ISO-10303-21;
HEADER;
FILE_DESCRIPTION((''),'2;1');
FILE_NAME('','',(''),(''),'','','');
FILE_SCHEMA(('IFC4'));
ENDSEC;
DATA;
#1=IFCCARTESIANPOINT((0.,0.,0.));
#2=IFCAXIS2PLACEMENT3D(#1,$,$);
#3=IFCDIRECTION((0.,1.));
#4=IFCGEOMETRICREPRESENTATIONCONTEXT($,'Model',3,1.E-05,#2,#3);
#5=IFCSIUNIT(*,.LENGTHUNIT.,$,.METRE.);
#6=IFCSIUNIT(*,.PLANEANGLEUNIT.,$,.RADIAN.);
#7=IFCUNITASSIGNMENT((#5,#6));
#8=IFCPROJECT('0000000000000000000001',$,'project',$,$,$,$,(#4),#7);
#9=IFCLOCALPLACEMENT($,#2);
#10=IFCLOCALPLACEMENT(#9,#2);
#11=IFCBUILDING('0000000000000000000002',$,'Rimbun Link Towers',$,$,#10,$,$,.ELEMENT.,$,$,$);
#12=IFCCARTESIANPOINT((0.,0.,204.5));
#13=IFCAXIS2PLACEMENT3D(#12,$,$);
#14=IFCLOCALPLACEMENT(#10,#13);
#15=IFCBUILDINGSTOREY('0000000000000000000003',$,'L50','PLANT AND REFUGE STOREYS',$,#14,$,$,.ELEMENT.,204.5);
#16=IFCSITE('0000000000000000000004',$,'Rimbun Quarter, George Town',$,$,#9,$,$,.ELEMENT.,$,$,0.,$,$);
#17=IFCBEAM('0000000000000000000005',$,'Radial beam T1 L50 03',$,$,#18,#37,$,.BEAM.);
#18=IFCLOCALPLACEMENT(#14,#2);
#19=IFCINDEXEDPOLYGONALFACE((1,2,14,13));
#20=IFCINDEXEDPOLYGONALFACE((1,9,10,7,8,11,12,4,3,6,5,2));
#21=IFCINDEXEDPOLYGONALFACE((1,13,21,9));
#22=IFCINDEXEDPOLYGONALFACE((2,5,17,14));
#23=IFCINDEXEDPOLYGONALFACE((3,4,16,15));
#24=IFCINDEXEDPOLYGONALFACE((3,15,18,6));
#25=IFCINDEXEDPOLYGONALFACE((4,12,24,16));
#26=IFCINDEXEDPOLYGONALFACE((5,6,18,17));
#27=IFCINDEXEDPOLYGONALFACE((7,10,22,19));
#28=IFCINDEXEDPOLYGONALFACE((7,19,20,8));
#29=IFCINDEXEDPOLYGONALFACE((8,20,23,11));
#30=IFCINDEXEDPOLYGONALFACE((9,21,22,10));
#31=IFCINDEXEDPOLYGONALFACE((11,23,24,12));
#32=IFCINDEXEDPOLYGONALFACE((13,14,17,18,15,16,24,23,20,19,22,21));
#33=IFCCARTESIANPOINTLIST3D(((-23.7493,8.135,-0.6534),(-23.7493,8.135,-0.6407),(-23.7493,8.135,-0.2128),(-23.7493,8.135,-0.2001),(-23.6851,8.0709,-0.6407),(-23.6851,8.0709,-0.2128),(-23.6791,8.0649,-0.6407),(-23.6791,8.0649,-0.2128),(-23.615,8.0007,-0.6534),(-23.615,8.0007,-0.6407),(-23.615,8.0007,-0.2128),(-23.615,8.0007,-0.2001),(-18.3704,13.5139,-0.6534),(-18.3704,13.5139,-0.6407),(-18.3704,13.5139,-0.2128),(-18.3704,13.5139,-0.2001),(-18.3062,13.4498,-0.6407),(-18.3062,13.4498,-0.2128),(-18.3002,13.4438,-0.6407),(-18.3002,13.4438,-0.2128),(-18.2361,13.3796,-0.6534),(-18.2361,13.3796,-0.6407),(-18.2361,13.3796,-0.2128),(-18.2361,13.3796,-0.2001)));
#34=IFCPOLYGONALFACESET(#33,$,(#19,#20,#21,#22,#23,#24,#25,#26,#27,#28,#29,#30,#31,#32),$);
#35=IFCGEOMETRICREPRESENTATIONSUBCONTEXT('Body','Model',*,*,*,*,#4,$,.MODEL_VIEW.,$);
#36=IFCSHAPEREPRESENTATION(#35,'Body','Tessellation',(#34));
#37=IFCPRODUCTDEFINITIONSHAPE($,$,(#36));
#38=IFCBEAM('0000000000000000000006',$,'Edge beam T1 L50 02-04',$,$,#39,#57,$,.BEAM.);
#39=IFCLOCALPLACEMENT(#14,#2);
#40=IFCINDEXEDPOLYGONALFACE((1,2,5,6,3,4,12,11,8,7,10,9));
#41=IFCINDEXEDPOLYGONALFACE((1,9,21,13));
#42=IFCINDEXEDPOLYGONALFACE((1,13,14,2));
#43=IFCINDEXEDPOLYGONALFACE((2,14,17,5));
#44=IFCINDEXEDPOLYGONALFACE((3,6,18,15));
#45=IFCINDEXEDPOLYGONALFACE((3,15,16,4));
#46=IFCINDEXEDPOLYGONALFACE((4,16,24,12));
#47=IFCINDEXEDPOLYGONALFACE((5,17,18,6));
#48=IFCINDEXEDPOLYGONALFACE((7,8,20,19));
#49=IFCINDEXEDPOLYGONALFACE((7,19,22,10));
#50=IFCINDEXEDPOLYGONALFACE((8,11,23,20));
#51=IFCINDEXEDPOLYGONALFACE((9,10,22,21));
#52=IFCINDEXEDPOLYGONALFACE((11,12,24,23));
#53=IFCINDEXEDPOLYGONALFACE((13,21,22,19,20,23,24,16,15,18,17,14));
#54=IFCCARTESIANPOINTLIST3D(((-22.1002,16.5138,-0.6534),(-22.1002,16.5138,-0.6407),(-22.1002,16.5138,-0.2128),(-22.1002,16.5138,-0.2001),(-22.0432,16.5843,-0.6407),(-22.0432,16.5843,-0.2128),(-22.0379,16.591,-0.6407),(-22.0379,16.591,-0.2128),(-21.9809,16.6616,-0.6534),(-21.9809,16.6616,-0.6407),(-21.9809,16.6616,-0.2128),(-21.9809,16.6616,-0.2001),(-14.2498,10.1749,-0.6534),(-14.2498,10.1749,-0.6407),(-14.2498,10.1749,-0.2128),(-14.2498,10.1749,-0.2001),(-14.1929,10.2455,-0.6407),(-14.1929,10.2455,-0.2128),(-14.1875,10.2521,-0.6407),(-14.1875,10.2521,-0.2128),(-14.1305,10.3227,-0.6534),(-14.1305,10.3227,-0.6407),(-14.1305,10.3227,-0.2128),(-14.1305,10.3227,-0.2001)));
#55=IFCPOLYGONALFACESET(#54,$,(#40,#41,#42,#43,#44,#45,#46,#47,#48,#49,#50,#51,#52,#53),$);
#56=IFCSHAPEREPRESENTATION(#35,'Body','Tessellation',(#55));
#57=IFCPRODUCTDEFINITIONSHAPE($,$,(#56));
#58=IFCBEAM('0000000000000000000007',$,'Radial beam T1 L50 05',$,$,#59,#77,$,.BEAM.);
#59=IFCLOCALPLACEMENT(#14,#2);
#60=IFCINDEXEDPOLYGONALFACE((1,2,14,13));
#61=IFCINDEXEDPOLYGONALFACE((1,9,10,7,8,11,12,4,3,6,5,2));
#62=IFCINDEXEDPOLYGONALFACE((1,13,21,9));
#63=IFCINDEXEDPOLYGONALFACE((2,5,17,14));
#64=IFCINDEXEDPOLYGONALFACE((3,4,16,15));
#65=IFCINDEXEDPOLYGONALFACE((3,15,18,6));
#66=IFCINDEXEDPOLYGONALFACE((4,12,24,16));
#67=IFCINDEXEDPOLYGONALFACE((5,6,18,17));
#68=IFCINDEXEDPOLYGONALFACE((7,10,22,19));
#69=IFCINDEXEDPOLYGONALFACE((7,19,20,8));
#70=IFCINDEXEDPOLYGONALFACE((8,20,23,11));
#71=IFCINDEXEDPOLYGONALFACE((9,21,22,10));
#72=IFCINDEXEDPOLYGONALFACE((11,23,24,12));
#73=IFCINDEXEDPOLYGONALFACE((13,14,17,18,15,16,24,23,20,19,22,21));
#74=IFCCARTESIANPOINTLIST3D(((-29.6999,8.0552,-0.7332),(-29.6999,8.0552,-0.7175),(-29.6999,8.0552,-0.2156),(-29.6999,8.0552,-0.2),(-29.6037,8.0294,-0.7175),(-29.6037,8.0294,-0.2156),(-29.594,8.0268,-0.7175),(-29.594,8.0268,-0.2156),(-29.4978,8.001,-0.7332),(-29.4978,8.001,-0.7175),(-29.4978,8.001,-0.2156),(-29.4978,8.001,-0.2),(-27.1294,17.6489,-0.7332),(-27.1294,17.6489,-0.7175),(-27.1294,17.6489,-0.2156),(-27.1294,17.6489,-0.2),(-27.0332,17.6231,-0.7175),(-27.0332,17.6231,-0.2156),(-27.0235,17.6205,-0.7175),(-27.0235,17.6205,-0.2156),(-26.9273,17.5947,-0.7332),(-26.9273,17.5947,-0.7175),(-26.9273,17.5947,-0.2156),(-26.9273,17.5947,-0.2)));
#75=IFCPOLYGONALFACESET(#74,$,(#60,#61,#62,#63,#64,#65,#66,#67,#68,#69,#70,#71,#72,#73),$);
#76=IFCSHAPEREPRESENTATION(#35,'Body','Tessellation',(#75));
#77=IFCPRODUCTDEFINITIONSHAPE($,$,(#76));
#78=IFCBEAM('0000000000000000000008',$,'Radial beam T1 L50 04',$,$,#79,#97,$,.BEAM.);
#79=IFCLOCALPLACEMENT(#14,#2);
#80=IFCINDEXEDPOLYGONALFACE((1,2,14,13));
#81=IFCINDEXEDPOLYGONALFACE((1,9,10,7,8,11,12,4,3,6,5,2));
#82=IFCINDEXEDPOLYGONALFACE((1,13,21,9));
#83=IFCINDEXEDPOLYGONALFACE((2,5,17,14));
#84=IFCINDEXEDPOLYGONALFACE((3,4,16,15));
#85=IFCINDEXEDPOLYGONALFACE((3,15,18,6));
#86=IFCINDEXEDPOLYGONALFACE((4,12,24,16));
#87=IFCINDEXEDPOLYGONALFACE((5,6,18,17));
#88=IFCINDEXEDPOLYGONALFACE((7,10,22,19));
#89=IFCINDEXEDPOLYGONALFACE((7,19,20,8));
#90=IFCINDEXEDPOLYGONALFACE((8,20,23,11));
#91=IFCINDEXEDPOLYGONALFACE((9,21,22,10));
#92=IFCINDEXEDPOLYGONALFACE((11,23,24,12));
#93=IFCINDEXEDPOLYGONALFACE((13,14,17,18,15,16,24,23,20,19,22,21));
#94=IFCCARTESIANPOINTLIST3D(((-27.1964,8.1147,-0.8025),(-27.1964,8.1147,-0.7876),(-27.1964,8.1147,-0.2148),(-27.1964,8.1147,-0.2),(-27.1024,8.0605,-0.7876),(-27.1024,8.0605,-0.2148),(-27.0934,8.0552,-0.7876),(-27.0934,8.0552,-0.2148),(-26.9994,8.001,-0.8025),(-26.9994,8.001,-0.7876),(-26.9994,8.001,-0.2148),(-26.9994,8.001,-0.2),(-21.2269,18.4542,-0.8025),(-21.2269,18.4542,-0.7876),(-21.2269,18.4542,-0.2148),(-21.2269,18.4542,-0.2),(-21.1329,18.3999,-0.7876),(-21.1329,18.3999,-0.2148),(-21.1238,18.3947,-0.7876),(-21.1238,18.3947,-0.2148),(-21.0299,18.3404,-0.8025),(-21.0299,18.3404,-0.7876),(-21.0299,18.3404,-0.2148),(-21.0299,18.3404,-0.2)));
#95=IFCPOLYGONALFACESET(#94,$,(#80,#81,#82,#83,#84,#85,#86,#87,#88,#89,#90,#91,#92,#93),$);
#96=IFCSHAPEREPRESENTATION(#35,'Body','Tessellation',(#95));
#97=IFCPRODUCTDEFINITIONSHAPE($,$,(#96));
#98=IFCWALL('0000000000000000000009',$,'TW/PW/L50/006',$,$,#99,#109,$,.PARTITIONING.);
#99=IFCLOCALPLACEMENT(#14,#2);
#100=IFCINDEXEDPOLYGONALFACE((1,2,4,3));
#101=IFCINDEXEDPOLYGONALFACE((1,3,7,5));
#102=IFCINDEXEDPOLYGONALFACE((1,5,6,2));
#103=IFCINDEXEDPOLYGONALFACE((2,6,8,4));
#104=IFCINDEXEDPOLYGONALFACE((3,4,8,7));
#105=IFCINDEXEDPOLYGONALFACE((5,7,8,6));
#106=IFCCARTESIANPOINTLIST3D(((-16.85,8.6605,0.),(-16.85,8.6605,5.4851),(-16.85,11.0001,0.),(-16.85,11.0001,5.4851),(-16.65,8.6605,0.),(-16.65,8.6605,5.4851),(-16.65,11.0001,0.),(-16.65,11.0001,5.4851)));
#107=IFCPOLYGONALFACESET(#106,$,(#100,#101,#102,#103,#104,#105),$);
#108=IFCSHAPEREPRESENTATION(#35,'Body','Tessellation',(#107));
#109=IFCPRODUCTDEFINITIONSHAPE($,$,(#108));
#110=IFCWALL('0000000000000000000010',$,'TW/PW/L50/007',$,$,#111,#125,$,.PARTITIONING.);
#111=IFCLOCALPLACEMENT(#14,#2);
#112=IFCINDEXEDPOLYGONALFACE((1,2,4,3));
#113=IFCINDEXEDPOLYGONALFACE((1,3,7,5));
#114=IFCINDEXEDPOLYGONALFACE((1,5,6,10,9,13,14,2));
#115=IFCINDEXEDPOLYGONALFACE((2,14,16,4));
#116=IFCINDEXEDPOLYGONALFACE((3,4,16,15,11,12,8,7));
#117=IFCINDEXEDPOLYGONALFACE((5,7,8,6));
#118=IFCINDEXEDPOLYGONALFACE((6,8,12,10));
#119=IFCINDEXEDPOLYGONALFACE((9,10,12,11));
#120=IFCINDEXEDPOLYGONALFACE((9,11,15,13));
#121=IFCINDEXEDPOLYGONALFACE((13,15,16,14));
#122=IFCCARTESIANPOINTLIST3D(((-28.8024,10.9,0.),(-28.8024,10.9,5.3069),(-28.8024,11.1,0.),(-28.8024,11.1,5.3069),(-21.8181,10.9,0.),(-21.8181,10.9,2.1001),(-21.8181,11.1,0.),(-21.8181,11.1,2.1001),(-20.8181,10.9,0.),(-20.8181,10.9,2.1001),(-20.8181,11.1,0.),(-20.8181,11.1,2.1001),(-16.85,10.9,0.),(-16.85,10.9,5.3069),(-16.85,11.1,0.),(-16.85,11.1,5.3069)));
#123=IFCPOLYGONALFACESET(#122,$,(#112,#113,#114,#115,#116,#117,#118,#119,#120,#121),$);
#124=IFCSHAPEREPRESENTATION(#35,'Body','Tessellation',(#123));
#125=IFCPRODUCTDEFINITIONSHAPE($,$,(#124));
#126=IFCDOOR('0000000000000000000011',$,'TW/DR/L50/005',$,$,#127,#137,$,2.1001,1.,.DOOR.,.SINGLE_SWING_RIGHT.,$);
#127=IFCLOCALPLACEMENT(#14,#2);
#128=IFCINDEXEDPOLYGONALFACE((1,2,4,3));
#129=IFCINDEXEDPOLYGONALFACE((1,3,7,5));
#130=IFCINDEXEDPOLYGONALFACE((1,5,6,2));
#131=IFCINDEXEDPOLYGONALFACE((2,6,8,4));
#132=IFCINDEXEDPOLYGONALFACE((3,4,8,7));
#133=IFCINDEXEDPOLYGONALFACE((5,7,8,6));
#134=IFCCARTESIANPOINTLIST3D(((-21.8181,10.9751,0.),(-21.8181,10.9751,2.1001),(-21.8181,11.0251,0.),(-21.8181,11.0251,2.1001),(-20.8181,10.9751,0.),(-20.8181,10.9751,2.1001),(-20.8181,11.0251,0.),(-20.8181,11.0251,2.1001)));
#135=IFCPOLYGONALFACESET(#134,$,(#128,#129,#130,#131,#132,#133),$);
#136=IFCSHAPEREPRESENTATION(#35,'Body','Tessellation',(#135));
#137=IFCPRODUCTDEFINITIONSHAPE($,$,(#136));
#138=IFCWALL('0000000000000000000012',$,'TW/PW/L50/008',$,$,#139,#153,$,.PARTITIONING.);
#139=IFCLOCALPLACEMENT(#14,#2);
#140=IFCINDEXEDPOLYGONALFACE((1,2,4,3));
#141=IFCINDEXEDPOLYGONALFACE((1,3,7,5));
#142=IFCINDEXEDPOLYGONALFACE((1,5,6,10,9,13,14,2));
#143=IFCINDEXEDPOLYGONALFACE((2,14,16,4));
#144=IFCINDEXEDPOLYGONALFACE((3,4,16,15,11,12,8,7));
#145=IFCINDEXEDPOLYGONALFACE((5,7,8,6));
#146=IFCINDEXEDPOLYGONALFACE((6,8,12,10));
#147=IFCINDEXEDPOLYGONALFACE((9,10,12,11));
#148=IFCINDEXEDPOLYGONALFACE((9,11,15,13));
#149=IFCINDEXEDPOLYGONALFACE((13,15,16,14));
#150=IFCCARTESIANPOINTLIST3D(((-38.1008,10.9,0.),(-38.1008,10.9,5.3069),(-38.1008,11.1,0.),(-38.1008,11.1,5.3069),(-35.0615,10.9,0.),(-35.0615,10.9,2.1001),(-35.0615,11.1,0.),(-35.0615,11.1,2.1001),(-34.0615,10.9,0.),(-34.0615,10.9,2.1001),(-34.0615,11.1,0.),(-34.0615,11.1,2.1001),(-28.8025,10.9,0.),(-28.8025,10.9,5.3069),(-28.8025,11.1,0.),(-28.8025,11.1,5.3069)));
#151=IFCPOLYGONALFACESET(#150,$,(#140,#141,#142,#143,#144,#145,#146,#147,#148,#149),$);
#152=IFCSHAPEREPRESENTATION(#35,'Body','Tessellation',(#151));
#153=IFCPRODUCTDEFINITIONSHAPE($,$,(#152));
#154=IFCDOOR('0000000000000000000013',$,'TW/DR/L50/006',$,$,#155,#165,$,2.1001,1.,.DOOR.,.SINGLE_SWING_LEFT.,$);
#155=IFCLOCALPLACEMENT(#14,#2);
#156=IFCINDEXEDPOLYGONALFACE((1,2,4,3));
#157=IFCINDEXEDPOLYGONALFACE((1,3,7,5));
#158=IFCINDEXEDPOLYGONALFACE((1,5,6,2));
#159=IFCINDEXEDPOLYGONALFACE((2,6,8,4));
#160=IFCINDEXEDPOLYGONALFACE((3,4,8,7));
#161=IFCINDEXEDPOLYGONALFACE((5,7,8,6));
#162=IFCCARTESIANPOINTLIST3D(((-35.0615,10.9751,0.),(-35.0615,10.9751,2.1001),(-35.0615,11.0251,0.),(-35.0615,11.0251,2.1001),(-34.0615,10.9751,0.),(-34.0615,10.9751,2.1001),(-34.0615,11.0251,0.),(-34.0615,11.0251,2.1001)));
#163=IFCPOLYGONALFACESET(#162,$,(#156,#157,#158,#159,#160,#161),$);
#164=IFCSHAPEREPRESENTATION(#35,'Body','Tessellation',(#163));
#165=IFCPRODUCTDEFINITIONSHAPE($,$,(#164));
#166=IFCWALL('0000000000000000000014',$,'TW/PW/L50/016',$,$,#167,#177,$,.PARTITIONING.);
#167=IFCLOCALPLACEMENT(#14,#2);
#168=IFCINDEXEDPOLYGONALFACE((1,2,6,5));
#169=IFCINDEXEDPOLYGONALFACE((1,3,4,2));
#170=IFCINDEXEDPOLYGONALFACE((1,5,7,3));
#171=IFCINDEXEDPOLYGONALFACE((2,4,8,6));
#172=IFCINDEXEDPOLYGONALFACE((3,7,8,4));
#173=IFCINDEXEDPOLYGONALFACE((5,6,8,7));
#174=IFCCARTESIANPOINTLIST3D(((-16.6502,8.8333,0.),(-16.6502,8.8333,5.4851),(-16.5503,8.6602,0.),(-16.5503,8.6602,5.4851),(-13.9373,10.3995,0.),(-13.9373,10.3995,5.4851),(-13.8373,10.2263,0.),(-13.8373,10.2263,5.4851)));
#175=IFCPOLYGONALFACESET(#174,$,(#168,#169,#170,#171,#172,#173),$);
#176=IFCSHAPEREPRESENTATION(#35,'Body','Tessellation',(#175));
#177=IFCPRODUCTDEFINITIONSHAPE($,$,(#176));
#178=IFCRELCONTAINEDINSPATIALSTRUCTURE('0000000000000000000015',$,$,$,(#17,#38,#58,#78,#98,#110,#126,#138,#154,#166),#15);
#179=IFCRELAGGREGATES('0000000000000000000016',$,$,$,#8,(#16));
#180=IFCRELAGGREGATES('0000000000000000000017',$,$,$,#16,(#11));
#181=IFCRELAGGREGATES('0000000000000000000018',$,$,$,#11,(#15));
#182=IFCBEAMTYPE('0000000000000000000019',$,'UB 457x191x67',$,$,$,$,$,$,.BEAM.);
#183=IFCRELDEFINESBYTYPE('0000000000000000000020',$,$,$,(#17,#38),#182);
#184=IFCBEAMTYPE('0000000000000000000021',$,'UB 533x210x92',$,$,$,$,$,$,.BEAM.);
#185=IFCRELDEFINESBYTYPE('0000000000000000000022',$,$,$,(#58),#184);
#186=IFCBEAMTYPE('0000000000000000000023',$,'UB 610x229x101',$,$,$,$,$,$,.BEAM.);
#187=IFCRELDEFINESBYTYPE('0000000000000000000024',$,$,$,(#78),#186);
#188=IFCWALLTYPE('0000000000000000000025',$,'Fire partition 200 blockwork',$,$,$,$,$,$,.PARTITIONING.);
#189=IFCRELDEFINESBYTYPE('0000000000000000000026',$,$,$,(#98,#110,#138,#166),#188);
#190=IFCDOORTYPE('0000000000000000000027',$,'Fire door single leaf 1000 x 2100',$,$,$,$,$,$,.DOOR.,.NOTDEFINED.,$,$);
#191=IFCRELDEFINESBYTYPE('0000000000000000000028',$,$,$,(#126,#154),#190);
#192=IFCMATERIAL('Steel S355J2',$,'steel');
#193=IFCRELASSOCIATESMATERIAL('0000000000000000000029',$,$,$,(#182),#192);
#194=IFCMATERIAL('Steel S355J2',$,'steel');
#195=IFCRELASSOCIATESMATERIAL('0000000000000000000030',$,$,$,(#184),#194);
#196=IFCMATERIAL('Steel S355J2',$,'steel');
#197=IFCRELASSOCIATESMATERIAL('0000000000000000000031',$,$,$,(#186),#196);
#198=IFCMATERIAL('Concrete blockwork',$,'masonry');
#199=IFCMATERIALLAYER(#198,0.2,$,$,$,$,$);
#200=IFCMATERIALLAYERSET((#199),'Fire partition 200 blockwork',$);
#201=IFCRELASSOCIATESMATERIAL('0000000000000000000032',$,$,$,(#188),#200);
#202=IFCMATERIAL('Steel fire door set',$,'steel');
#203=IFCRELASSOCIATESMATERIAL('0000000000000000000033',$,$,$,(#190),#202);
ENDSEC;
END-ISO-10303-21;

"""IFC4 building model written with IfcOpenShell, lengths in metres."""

from ifc_helpers import new_model, si_unit, direction, frame, frame_2d, origin, origin_2d, place, context, subcontext, project, spatial, rectangle, i_section, extrude, material, layer, layer_set, material_profile, profile_set, type_object, element, fill, save


model = new_model("IFC4")

# Units and contexts
model_context = context("Model", 3, precision=1e-05, world=origin(), true_north=direction((0.0, 1.0)))
body_context = subcontext(model_context, "Body", "Model", "MODEL_VIEW")
ifc_project = project(units=[si_unit("LENGTHUNIT", "METRE"), si_unit("PLANEANGLEUNIT", "RADIAN")], contexts=[model_context])

# Site, building, storey
site_placement = place(None, origin())
site = spatial("IfcSite", under=ifc_project, at=site_placement, Name="Rimbun Quarter, George Town", CompositionType="ELEMENT", RefElevation=0.0)
building_placement = place(site_placement, origin())
building = spatial("IfcBuilding", under=site, at=building_placement, Name="Rimbun Link Towers", CompositionType="ELEMENT")
storey_placement = place(building_placement, frame((0.0, 0.0, 204.5)))
storey = spatial("IfcBuildingStorey", under=building, at=storey_placement, Name="L50", Description="PLANT AND REFUGE STOREYS", CompositionType="ELEMENT", Elevation=204.5)

# Beams
ifc_material_1 = material(Name="Steel S355J2", Category="steel")
ifc_material_profile_1 = material_profile(ifc_material_1, i_section(OverallWidth=0.1899, OverallDepth=0.4534, WebThickness=0.0085, FlangeThickness=0.0127, at=origin_2d()), Name="UB 457x191x67")
ifc_profile_set_1 = profile_set([ifc_material_profile_1], Name="Steel S355J2")
beam_type_1 = type_object("IfcBeamType", Name="UB 457x191x67", PredefinedType="BEAM", material=ifc_profile_set_1)
beam_1_placement = place(storey_placement, frame((-23.6821, 8.0679, -0.4268), z_axis=(0.707107, 0.707107, 0.0), x_axis=(-0.707107, 0.707107, 0.0)))
element("IfcBeam", 1, at=beam_1_placement, inside=storey, type_object=beam_type_1, Name="Radial beam T1 L50 03", PredefinedType="BEAM", context=body_context, shape_type="SweptSolid", body=[
    extrude(i_section(OverallWidth=0.1899, OverallDepth=0.4534, WebThickness=0.0085, FlangeThickness=0.0127, at=origin_2d()), origin(), (0.0, 0.0, 1.0), 7.6069),
])
beam_2_placement = place(storey_placement, frame((-14.1902, 10.2488, -0.4268), z_axis=(-0.778028, 0.62823, 0.0), x_axis=(-0.62823, -0.778028, 0.0)))
element("IfcBeam", 2, at=beam_2_placement, inside=storey, type_object=beam_type_1, Name="Edge beam T1 L50 02-04", PredefinedType="BEAM", context=body_context, shape_type="SweptSolid", body=[
    extrude(i_section(OverallWidth=0.1899, OverallDepth=0.4534, WebThickness=0.0085, FlangeThickness=0.0127, at=origin_2d()), origin(), (0.0, 0.0, 1.0), 10.0901),
])
ifc_material_2 = material(Name="Steel S355J2", Category="steel")
ifc_material_profile_2 = material_profile(ifc_material_2, i_section(OverallWidth=0.2092, OverallDepth=0.5332, WebThickness=0.01, FlangeThickness=0.0156, at=origin_2d()), Name="UB 533x210x92")
ifc_profile_set_2 = profile_set([ifc_material_profile_2], Name="Steel S355J2")
beam_type_2 = type_object("IfcBeamType", Name="UB 533x210x92", PredefinedType="BEAM", material=ifc_profile_set_2)
beam_3_placement = place(storey_placement, frame((-29.5989, 8.0281, -0.4666), z_axis=(0.258811, 0.965928, 0.0), x_axis=(-0.965928, 0.258811, 0.0)))
element("IfcBeam", 3, at=beam_3_placement, inside=storey, type_object=beam_type_2, Name="Radial beam T1 L50 05", PredefinedType="BEAM", context=body_context, shape_type="SweptSolid", body=[
    extrude(i_section(OverallWidth=0.2092, OverallDepth=0.5332, WebThickness=0.01, FlangeThickness=0.0156, at=origin_2d()), origin(), (0.0, 0.0, 1.0), 9.9321),
])
ifc_material_3 = material(Name="Steel S355J2", Category="steel")
ifc_material_profile_3 = material_profile(ifc_material_3, i_section(OverallWidth=0.2275, OverallDepth=0.6025, WebThickness=0.0105, FlangeThickness=0.0149, at=origin_2d()), Name="UB 610x229x101")
ifc_profile_set_3 = profile_set([ifc_material_profile_3], Name="Steel S355J2")
beam_type_3 = type_object("IfcBeamType", Name="UB 610x229x101", PredefinedType="BEAM", material=ifc_profile_set_3)
beam_4_placement = place(storey_placement, frame((-27.0979, 8.0579, -0.5012), z_axis=(0.500003, 0.866023, 0.0), x_axis=(-0.866023, 0.500003, 0.0)))
element("IfcBeam", 4, at=beam_4_placement, inside=storey, type_object=beam_type_3, Name="Radial beam T1 L50 04", PredefinedType="BEAM", context=body_context, shape_type="SweptSolid", body=[
    extrude(i_section(OverallWidth=0.2275, OverallDepth=0.6025, WebThickness=0.0105, FlangeThickness=0.0149, at=origin_2d()), origin(), (0.0, 0.0, 1.0), 11.939),
])

# Wall
ifc_material_4 = material(Name="Concrete blockwork", Category="masonry")
ifc_layer_1 = layer(ifc_material_4, 0.2)
ifc_layer_set_1 = layer_set([ifc_layer_1], Name="Fire partition 200 blockwork")
wall_type_1 = type_object("IfcWallType", Name="Fire partition 200 blockwork", PredefinedType="PARTITIONING", material=ifc_layer_set_1)
wall_1_placement = place(storey_placement, frame((-16.75, 8.6604, 0.0), z_axis=(0.0, 0.0, 1.0), x_axis=(0.0, 1.0, 0.0)))
element("IfcWall", 5, at=wall_1_placement, inside=storey, type_object=wall_type_1, Name="TW/PW/L50/006", PredefinedType="PARTITIONING", context=body_context, shape_type="SweptSolid", body=[
    extrude(rectangle(XDim=2.3396, YDim=0.2, at=frame_2d((1.1699, 0.0))), origin(), (0.0, 0.0, 1.0), 5.4851),
])

# Walls, openings, doors
wall_2_placement = place(storey_placement, frame((-16.8501, 11.0, 0.0), z_axis=(0.0, 0.0, 1.0), x_axis=(-1.0, 0.0, 0.0)))
wall_2 = element("IfcWall", 6, at=wall_2_placement, inside=storey, type_object=wall_type_1, Name="TW/PW/L50/007", PredefinedType="PARTITIONING", context=body_context, shape_type="SweptSolid", body=[
    extrude(rectangle(XDim=11.9524, YDim=0.2, at=frame_2d((5.9761, 0.0))), origin(), (0.0, 0.0, 1.0), 5.3069),
])
opening_1_placement = place(wall_2_placement, frame((3.968, 0.0, 0.0)))
opening_1 = element("IfcOpeningElement", 7, at=opening_1_placement, cuts=wall_2, PredefinedType="OPENING", context=body_context, shape_type="SweptSolid", body=[
    extrude(rectangle(XDim=1.0, YDim=2.1001, at=frame_2d((0.5, 1.05))), frame((0.0, 0.1099, 0.0), z_axis=(0.0, -1.0, 0.0), x_axis=(1.0, 0.0, 0.0)), (0.0, 0.0, 1.0), 0.22),
])
ifc_material_5 = material(Name="Steel fire door set", Category="steel")
door_type_1 = type_object("IfcDoorType", Name="Fire door single leaf 1000 x 2100", OperationType="NOTDEFINED", PredefinedType="DOOR", material=ifc_material_5)
door_1_placement = place(opening_1_placement, origin())
door_1 = element("IfcDoor", 8, at=door_1_placement, inside=storey, type_object=door_type_1, Name="TW/DR/L50/005", OperationType="SINGLE_SWING_RIGHT", OverallHeight=2.1001, OverallWidth=1.0, PredefinedType="DOOR", context=body_context, shape_type="SweptSolid", body=[
    extrude(rectangle(XDim=1.0, YDim=2.1001, at=frame_2d((0.5, 1.05))), frame((0.0, 0.0249, 0.0), z_axis=(0.0, -1.0, 0.0), x_axis=(1.0, 0.0, 0.0)), (0.0, 0.0, 1.0), 0.05),
])
fill(opening_1, door_1)
wall_3_placement = place(storey_placement, frame((-28.8025, 11.0, 0.0), z_axis=(0.0, 0.0, 1.0), x_axis=(-1.0, 0.0, 0.0)))
wall_3 = element("IfcWall", 9, at=wall_3_placement, inside=storey, type_object=wall_type_1, Name="TW/PW/L50/008", PredefinedType="PARTITIONING", context=body_context, shape_type="SweptSolid", body=[
    extrude(rectangle(XDim=9.2983, YDim=0.2, at=frame_2d((4.6492, 0.0))), origin(), (0.0, 0.0, 1.0), 5.3069),
])
opening_2_placement = place(wall_3_placement, frame((5.259, 0.0, 0.0)))
opening_2 = element("IfcOpeningElement", 10, at=opening_2_placement, cuts=wall_3, PredefinedType="OPENING", context=body_context, shape_type="SweptSolid", body=[
    extrude(rectangle(XDim=1.0, YDim=2.1001, at=frame_2d((0.5, 1.05))), frame((0.0, 0.1099, 0.0), z_axis=(0.0, -1.0, 0.0), x_axis=(1.0, 0.0, 0.0)), (0.0, 0.0, 1.0), 0.22),
])
door_2_placement = place(opening_2_placement, origin())
door_2 = element("IfcDoor", 11, at=door_2_placement, inside=storey, type_object=door_type_1, Name="TW/DR/L50/006", OperationType="SINGLE_SWING_LEFT", OverallHeight=2.1001, OverallWidth=1.0, PredefinedType="DOOR", context=body_context, shape_type="SweptSolid", body=[
    extrude(rectangle(XDim=1.0, YDim=2.1001, at=frame_2d((0.5, 1.05))), frame((0.0, 0.0249, 0.0), z_axis=(0.0, -1.0, 0.0), x_axis=(1.0, 0.0, 0.0)), (0.0, 0.0, 1.0), 0.05),
])
fill(opening_2, door_2)

# Wall
wall_4_placement = place(storey_placement, frame((-13.8872, 10.313, 0.0), z_axis=(0.0, 0.0, 1.0), x_axis=(-0.866043, -0.49997, 0.0)))
element("IfcWall", 12, at=wall_4_placement, inside=storey, type_object=wall_type_1, Name="TW/PW/L50/016", PredefinedType="PARTITIONING", context=body_context, shape_type="SweptSolid", body=[
    extrude(rectangle(XDim=3.1326, YDim=0.2, at=frame_2d((1.5664, 0.0))), origin(), (0.0, 0.0, 1.0), 5.4851),
])

save(model, "model.ifc")
